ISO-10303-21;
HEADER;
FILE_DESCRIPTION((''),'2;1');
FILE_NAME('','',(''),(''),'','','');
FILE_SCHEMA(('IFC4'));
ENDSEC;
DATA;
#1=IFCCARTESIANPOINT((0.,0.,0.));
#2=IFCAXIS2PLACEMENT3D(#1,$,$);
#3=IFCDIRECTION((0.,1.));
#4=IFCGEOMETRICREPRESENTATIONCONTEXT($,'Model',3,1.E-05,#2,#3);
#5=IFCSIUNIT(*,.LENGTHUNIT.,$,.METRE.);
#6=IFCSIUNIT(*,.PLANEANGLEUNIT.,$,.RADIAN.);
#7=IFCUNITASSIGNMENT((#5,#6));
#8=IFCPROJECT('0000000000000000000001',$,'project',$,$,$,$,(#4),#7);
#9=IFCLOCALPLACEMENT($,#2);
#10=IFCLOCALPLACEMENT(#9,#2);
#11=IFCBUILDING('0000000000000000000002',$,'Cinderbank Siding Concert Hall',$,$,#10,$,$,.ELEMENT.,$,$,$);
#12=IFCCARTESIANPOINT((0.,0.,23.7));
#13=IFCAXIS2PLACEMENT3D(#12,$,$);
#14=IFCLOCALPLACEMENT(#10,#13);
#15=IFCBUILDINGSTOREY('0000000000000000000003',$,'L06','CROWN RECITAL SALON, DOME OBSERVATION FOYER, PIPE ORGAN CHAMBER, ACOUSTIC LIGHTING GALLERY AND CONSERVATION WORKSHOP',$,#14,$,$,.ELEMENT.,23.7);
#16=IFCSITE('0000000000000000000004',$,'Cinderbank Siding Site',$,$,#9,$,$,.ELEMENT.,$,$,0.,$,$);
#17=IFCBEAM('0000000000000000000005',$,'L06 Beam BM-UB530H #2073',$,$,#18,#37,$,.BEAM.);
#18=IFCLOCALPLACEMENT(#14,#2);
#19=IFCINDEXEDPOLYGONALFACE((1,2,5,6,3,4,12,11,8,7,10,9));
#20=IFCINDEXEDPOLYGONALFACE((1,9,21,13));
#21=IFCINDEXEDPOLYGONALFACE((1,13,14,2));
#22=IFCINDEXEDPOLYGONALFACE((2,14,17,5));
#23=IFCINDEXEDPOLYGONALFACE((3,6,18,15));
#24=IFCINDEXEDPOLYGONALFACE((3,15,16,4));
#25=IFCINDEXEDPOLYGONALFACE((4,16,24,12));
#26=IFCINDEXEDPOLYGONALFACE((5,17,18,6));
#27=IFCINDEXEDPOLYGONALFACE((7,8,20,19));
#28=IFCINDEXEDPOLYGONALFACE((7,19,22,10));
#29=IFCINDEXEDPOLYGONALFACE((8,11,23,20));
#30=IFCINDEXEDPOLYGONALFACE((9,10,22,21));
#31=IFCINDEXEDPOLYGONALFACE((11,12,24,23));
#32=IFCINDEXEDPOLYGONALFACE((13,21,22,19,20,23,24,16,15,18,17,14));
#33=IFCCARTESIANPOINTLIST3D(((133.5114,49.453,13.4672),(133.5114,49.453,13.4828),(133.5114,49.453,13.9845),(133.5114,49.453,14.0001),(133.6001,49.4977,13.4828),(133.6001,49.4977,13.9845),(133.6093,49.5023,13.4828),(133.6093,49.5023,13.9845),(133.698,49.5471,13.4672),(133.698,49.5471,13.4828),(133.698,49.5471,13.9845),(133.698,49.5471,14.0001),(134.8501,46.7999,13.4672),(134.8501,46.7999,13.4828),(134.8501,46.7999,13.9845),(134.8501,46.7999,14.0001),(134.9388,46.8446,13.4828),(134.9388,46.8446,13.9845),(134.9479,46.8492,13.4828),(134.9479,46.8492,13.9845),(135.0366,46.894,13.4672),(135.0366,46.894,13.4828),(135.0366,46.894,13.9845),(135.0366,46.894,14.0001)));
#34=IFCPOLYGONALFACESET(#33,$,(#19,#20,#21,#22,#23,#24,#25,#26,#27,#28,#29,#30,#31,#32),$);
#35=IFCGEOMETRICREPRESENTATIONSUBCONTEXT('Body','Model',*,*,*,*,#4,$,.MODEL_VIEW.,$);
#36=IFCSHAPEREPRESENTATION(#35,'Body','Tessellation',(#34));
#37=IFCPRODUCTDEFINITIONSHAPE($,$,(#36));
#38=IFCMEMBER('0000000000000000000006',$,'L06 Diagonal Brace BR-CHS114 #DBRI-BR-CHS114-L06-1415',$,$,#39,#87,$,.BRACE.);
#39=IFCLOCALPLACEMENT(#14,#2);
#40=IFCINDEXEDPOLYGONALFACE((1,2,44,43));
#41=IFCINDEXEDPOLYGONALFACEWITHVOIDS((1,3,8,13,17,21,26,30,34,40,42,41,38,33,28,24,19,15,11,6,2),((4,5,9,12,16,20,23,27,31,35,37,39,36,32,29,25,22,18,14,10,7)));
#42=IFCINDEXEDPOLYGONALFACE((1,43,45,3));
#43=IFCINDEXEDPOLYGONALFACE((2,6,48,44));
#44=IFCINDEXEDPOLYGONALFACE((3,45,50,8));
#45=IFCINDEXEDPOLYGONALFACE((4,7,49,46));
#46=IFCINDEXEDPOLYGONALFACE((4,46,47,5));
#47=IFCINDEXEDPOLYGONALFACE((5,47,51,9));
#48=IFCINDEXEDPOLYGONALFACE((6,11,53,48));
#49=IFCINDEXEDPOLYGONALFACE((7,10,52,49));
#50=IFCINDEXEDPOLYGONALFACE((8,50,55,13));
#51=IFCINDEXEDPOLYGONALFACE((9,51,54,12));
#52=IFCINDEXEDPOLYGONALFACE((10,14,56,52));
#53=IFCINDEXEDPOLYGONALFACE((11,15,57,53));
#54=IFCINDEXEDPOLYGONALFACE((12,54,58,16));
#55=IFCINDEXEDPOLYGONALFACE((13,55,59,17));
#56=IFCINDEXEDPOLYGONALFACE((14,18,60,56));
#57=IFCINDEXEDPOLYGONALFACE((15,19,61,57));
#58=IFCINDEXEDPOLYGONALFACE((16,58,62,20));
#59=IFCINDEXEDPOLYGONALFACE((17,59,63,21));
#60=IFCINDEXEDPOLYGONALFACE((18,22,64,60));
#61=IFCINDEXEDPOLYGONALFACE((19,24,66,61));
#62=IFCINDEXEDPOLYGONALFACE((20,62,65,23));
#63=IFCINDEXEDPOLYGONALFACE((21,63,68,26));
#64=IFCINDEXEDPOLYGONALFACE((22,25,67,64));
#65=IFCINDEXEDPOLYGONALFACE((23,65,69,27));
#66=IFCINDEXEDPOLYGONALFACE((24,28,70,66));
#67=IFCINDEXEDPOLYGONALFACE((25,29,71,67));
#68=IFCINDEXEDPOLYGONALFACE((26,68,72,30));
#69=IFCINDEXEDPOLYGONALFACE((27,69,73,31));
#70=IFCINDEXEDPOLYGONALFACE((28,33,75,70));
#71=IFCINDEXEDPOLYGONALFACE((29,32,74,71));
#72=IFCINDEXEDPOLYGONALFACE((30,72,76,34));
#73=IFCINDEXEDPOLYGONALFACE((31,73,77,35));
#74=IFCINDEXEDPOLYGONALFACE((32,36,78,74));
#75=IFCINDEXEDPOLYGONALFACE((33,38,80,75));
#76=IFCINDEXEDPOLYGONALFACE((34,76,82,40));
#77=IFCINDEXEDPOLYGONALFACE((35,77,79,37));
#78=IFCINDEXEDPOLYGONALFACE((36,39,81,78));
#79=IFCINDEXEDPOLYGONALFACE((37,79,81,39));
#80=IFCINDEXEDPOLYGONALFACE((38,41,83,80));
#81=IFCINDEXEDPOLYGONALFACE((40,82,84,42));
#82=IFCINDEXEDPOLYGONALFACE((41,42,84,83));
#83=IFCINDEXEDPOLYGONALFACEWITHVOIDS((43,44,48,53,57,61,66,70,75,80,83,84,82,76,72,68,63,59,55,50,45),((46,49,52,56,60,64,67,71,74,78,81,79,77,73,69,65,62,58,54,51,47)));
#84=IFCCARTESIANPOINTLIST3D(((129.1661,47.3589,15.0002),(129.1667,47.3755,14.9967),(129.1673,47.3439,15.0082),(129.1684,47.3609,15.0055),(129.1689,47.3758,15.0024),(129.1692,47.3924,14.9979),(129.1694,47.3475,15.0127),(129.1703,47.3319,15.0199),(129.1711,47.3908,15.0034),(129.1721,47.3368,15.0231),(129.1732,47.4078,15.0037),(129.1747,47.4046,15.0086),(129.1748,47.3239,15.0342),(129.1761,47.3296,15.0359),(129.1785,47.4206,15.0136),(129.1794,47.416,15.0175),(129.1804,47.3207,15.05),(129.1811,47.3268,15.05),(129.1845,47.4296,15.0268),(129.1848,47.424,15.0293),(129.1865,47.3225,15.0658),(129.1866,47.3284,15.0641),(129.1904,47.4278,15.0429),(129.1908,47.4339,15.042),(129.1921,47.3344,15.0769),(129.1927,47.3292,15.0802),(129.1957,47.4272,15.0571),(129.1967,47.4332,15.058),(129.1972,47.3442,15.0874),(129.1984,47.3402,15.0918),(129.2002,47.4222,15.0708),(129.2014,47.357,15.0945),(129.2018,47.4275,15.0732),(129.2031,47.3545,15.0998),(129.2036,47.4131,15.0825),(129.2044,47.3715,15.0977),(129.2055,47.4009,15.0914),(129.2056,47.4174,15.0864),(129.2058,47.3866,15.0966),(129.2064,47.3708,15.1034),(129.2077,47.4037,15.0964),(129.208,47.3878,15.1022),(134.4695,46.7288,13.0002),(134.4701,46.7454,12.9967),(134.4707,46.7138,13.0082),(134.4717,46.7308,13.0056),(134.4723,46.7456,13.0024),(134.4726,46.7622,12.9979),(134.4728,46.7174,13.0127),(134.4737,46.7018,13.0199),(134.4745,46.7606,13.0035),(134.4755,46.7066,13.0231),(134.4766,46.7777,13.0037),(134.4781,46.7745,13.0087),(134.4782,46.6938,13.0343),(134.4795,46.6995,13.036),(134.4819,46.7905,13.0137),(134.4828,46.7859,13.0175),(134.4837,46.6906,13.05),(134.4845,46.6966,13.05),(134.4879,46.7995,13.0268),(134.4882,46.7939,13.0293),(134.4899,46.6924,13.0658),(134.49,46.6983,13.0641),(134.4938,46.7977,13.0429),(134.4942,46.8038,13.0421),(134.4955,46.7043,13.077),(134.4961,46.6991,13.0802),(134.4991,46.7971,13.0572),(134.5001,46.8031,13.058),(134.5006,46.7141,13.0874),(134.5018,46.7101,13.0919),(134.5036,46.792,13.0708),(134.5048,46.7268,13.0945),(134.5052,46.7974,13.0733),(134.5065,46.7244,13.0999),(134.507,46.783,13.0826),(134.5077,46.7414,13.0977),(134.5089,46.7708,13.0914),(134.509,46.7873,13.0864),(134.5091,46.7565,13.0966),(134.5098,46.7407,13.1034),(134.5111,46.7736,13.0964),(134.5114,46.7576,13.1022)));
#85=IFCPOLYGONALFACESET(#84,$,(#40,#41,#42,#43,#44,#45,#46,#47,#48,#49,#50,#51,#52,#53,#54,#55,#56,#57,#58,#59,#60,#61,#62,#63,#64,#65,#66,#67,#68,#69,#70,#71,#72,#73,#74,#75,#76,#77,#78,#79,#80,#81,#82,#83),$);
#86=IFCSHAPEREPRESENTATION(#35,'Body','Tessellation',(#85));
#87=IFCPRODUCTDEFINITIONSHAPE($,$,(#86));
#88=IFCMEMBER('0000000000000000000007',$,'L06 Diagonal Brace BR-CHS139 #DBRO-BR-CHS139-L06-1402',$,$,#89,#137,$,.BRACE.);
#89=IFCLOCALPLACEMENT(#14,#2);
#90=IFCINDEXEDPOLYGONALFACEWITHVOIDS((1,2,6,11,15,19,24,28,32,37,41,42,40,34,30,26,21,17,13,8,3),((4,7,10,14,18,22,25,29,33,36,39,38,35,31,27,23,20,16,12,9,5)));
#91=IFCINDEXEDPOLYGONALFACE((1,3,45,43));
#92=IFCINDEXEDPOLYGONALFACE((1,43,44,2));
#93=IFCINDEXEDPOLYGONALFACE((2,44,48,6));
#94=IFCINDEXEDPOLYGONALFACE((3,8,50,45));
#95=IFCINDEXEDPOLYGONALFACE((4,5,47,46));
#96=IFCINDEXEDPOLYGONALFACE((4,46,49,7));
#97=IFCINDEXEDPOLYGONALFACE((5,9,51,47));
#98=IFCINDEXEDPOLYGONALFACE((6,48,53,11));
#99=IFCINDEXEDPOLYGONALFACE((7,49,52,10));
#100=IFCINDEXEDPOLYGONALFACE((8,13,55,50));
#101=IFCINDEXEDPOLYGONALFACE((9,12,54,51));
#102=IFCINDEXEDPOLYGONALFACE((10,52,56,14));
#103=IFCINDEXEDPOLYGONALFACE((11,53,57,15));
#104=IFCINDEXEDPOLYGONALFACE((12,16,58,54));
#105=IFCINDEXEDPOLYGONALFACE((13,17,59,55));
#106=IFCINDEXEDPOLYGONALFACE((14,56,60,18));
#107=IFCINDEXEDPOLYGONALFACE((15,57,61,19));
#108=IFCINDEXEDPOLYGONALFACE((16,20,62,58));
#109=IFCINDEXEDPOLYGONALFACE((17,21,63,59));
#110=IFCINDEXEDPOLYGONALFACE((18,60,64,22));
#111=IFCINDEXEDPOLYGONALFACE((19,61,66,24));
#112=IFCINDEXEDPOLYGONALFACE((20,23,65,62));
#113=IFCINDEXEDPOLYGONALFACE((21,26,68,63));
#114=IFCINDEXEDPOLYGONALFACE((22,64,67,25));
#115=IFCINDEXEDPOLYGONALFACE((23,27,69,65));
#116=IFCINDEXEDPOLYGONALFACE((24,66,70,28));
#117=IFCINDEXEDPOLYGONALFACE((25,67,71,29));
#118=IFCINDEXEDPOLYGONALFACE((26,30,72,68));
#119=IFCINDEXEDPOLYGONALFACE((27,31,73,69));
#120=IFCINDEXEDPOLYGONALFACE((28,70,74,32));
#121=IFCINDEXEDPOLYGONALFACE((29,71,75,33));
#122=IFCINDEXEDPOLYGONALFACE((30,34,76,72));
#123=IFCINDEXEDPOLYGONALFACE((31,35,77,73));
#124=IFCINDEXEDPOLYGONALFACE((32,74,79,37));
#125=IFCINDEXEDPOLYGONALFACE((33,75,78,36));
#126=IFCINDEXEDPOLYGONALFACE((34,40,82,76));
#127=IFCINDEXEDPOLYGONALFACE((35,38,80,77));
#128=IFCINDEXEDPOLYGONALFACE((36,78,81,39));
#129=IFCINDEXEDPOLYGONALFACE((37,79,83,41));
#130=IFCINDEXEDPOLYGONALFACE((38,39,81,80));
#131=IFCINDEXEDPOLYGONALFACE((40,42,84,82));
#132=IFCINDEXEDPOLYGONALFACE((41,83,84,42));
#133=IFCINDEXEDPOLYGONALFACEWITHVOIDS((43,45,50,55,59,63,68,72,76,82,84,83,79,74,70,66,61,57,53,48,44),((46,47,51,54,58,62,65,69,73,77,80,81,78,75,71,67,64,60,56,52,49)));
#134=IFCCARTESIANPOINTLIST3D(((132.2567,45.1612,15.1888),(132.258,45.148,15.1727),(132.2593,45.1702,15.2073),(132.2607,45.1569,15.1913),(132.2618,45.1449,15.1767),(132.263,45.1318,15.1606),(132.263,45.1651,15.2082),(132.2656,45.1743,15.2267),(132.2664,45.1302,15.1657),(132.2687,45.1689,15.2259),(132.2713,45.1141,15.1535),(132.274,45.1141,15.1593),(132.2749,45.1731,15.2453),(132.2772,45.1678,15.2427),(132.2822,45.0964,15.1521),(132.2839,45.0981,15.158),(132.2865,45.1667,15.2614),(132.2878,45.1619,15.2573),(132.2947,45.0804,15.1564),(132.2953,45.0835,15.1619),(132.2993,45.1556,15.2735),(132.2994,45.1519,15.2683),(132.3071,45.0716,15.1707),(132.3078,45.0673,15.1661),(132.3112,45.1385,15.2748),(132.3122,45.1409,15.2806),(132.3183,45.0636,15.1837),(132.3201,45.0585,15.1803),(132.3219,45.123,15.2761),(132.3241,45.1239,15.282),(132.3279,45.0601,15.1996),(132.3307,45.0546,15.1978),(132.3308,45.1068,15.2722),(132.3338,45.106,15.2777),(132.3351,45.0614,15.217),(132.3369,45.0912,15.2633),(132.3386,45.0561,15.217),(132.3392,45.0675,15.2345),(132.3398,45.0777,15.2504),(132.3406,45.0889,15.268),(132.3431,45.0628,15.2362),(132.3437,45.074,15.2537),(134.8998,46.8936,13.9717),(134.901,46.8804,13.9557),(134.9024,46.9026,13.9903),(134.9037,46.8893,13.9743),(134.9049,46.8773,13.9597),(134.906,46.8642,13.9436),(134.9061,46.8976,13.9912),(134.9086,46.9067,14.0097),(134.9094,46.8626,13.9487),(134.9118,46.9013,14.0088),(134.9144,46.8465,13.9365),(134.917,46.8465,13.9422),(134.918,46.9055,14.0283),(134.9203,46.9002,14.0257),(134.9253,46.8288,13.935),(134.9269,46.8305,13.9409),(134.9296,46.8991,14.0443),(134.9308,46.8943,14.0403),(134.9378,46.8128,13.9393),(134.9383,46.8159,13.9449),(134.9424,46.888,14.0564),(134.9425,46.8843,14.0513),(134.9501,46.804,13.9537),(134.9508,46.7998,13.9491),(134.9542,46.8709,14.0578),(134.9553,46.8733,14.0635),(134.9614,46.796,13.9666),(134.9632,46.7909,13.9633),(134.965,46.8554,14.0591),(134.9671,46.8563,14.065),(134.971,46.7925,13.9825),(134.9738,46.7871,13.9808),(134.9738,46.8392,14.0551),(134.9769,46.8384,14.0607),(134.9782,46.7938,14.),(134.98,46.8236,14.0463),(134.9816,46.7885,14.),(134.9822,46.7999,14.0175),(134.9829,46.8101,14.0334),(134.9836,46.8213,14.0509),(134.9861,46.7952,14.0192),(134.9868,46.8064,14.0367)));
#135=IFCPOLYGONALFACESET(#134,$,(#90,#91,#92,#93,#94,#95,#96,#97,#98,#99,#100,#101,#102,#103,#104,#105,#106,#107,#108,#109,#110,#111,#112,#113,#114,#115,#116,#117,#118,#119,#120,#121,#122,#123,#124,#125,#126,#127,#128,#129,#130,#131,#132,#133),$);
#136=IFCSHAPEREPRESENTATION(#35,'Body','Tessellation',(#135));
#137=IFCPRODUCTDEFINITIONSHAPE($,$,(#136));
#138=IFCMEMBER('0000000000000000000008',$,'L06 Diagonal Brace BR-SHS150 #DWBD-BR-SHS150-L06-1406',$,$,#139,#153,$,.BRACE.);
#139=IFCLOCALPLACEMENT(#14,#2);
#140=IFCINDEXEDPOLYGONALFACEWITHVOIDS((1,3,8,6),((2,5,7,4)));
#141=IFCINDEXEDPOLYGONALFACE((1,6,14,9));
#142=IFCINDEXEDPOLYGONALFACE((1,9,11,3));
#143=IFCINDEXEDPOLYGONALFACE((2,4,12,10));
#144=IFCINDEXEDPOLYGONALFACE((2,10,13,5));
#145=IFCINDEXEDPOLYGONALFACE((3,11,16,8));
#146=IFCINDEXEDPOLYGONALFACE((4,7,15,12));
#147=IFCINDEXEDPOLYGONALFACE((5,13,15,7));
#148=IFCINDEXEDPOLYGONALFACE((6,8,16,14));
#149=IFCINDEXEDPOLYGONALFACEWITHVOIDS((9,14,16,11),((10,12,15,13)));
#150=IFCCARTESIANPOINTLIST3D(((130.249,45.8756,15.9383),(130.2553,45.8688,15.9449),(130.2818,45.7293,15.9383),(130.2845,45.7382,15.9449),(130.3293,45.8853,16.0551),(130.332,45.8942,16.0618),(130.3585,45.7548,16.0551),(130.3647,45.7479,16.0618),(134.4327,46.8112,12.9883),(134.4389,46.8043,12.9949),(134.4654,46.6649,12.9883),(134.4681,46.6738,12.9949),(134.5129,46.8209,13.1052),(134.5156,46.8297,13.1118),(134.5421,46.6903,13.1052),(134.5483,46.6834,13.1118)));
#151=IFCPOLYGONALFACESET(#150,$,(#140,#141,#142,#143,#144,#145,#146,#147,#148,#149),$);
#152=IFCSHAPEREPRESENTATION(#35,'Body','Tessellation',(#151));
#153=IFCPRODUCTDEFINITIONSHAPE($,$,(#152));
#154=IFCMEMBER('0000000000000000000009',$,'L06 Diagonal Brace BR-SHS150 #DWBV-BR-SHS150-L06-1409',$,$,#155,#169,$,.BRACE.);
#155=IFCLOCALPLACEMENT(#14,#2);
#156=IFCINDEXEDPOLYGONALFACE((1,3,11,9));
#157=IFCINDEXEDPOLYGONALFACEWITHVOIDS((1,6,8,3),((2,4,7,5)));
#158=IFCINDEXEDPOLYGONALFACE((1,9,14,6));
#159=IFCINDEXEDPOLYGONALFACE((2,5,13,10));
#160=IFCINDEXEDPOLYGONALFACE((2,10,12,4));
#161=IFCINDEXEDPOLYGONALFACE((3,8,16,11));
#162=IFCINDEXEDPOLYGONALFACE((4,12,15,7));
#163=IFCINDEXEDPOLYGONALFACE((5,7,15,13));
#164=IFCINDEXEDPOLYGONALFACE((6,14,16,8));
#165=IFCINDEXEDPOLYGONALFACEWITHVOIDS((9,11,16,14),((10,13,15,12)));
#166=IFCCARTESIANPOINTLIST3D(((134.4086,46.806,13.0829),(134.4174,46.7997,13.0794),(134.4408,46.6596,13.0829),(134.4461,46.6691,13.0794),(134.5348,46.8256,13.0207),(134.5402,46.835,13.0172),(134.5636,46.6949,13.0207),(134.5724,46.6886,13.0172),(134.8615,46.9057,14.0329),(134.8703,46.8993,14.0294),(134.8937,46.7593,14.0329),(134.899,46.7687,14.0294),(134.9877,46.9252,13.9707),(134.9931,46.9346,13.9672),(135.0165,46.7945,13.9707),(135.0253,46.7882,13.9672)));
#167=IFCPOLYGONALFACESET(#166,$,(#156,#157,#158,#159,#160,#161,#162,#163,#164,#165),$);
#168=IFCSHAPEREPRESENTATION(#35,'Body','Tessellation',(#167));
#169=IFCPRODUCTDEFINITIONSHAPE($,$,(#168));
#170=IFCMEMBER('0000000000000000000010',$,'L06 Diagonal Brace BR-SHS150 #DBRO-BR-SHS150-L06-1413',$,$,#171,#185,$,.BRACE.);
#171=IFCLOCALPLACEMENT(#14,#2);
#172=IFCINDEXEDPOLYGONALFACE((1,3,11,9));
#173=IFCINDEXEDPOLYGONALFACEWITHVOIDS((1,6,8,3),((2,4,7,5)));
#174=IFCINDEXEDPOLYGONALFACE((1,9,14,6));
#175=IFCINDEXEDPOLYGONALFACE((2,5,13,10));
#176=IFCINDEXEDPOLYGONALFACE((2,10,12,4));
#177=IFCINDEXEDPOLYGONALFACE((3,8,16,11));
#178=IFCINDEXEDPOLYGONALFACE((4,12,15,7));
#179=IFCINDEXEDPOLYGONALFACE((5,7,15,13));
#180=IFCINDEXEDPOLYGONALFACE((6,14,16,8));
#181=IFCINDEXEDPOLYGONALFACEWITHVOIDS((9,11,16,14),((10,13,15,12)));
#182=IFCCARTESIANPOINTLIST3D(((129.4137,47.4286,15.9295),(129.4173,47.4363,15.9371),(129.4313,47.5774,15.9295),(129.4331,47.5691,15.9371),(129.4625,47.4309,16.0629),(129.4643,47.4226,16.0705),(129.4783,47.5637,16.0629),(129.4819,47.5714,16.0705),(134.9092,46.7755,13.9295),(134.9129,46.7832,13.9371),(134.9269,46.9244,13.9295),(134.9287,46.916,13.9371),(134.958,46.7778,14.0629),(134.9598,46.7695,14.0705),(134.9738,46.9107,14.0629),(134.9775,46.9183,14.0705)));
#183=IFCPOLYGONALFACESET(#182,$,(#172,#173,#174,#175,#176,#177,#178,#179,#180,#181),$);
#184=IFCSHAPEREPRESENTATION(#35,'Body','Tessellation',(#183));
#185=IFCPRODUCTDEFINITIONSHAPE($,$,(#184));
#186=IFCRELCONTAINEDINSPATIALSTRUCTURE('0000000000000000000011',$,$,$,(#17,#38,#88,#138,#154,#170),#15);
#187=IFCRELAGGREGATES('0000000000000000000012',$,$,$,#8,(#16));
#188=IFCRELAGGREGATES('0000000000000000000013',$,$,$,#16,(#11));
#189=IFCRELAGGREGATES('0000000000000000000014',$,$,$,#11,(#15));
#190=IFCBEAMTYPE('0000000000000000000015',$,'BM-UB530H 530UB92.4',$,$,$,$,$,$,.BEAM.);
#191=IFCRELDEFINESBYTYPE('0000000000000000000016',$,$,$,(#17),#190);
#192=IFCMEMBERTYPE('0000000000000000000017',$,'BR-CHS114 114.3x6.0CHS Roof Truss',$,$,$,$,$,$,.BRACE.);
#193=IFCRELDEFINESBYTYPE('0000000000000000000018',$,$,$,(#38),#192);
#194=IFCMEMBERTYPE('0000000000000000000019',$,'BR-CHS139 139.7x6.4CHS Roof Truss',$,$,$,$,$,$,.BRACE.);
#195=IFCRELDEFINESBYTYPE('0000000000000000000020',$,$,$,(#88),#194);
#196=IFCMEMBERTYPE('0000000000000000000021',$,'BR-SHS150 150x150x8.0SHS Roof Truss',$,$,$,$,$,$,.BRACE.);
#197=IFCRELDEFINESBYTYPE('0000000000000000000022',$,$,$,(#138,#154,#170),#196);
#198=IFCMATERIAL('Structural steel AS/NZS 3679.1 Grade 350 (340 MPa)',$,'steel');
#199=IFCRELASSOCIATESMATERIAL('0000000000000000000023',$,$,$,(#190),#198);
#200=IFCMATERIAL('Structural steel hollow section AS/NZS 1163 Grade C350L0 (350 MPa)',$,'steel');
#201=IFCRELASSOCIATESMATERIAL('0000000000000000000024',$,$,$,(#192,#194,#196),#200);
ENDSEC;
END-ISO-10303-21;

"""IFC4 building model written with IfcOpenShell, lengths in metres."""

from ifc_helpers import new_model, si_unit, direction, frame, origin, origin_2d, place, context, subcontext, project, spatial, hollow_rectangle, hollow_circle, i_section, extrude, material, material_profile, profile_set, type_object, element, save


model = new_model("IFC4")

# Units and contexts
model_context = context("Model", 3, precision=1e-05, world=origin(), true_north=direction((0.0, 1.0)))
body_context = subcontext(model_context, "Body", "Model", "MODEL_VIEW")
ifc_project = project(units=[si_unit("LENGTHUNIT", "METRE"), si_unit("PLANEANGLEUNIT", "RADIAN")], contexts=[model_context])

# Site, building, storey
site_placement = place(None, origin())
site = spatial("IfcSite", under=ifc_project, at=site_placement, Name="Cinderbank Siding Site", CompositionType="ELEMENT", RefElevation=0.0)
building_placement = place(site_placement, origin())
building = spatial("IfcBuilding", under=site, at=building_placement, Name="Cinderbank Siding Concert Hall", CompositionType="ELEMENT")
storey_placement = place(building_placement, frame((0.0, 0.0, 23.7)))
storey = spatial("IfcBuildingStorey", under=building, at=storey_placement, Name="L06", Description="CROWN RECITAL SALON, DOME OBSERVATION FOYER, PIPE ORGAN CHAMBER, ACOUSTIC LIGHTING GALLERY AND CONSERVATION WORKSHOP", CompositionType="ELEMENT", Elevation=23.7)

# Beam
ifc_material_1 = material(Name="Structural steel AS/NZS 3679.1 Grade 350 (340 MPa)", Category="steel")
ifc_material_profile_1 = material_profile(ifc_material_1, i_section(OverallWidth=0.209, OverallDepth=0.533, WebThickness=0.0103, FlangeThickness=0.0156, at=origin_2d()), Name="530UB92.4", Category="LoadBearing")
ifc_profile_set_1 = profile_set([ifc_material_profile_1], Name="Structural steel AS/NZS 3679.1 Grade 350 (340 MPa)")
beam_type = type_object("IfcBeamType", Name="BM-UB530H 530UB92.4", PredefinedType="BEAM", material=ifc_profile_set_1)
beam_placement = place(storey_placement, frame((134.9434, 46.8469, 13.7336), z_axis=(-0.450464, 0.892795, 0.0), x_axis=(-0.892795, -0.450464, 0.0)))
element("IfcBeam", 1, at=beam_placement, inside=storey, type_object=beam_type, Name="L06 Beam BM-UB530H #2073", PredefinedType="BEAM", context=body_context, shape_type="SweptSolid", body=[
    extrude(i_section(OverallWidth=0.209, OverallDepth=0.533, WebThickness=0.0103, FlangeThickness=0.0156, at=origin_2d()), origin(), (0.0, 0.0, 1.0), 2.9717),
])

# Members
ifc_material_2 = material(Name="Structural steel hollow section AS/NZS 1163 Grade C350L0 (350 MPa)", Category="steel")
ifc_material_profile_2 = material_profile(ifc_material_2, hollow_circle(Radius=0.0571, WallThickness=0.0061, at=origin_2d()), Name="114.3x6.0CHS", Category="LoadBearing")
ifc_profile_set_2 = profile_set([ifc_material_profile_2], Name="Structural steel hollow section AS/NZS 1163 Grade C350L0 (350 MPa)")
member_type_1 = type_object("IfcMemberType", Name="BR-CHS114 114.3x6.0CHS Roof Truss", PredefinedType="BRACE", material=ifc_profile_set_2)
member_1_placement = place(storey_placement, frame((134.4905, 46.7473, 13.05), z_axis=(-0.929949, 0.110491, 0.350695), x_axis=(-0.117984, -0.993015, 0.0)))
element("IfcMember", 2, at=member_1_placement, inside=storey, type_object=member_type_1, Name="L06 Diagonal Brace BR-CHS114 #DBRI-BR-CHS114-L06-1415", PredefinedType="BRACE", context=body_context, shape_type="SweptSolid", body=[
    extrude(hollow_circle(Radius=0.0571, WallThickness=0.0061, at=origin_2d()), origin(), (0.0, 0.0, 1.0), 5.7029),
])
ifc_material_profile_3 = material_profile(ifc_material_2, hollow_circle(Radius=0.0698, WallThickness=0.0063, at=origin_2d()), Name="139.7x6.4CHS", Category="LoadBearing")
ifc_profile_set_3 = profile_set([ifc_material_profile_3], Name="Structural steel hollow section AS/NZS 1163 Grade C350L0 (350 MPa)")
member_type_2 = type_object("IfcMemberType", Name="BR-CHS139 139.7x6.4CHS Roof Truss", PredefinedType="BRACE", material=ifc_profile_set_3)
member_2_placement = place(storey_placement, frame((134.9434, 46.8469, 14.0), z_axis=(-0.780475, -0.511569, 0.359382), x_axis=(0.548194, -0.836351, 0.0)))
element("IfcMember", 3, at=member_2_placement, inside=storey, type_object=member_type_2, Name="L06 Diagonal Brace BR-CHS139 #DBRO-BR-CHS139-L06-1402", PredefinedType="BRACE", context=body_context, shape_type="SweptSolid", body=[
    extrude(hollow_circle(Radius=0.0698, WallThickness=0.0063, at=origin_2d()), origin(), (0.0, 0.0, 1.0), 3.3865),
])
ifc_material_profile_4 = material_profile(ifc_material_2, hollow_rectangle(XDim=0.1499, YDim=0.1499, WallThickness=0.0081, at=origin_2d()), Name="150x150x8.0SHS", Category="LoadBearing")
ifc_profile_set_4 = profile_set([ifc_material_profile_4], Name="Structural steel hollow section AS/NZS 1163 Grade C350L0 (350 MPa)")
member_type_3 = type_object("IfcMemberType", Name="BR-SHS150 150x150x8.0SHS Roof Truss", PredefinedType="BRACE", material=ifc_profile_set_4)
member_3_placement = place(storey_placement, frame((134.4905, 46.7473, 13.05), z_axis=(-0.803944, -0.17978, 0.56688), x_axis=(0.218233, -0.975897, 0.0)))
element("IfcMember", 4, at=member_3_placement, inside=storey, type_object=member_type_3, Name="L06 Diagonal Brace BR-SHS150 #DWBD-BR-SHS150-L06-1406", PredefinedType="BRACE", context=body_context, shape_type="SweptSolid", body=[
    extrude(hollow_rectangle(XDim=0.1499, YDim=0.1499, WallThickness=0.0081, at=origin_2d()), origin(), (0.0, 0.0, 1.0), 5.2039),
])
member_4_placement = place(storey_placement, frame((134.4905, 46.7473, 13.05), z_axis=(0.428424, 0.09423, 0.898651), x_axis=(-0.214812, 0.976656, 0.0)))
element("IfcMember", 5, at=member_4_placement, inside=storey, type_object=member_type_3, Name="L06 Diagonal Brace BR-SHS150 #DWBV-BR-SHS150-L06-1409", PredefinedType="BRACE", context=body_context, shape_type="SweptSolid", body=[
    extrude(hollow_rectangle(XDim=0.1499, YDim=0.1499, WallThickness=0.0081, at=origin_2d()), origin(), (0.0, 0.0, 1.0), 1.0571),
])
member_5_placement = place(storey_placement, frame((134.9434, 46.8469, 14.0), z_axis=(-0.933901, 0.110981, 0.339872), x_axis=(-0.118006, -0.993013, 0.0)))
element("IfcMember", 6, at=member_5_placement, inside=storey, type_object=member_type_3, Name="L06 Diagonal Brace BR-SHS150 #DBRO-BR-SHS150-L06-1413", PredefinedType="BRACE", context=body_context, shape_type="SweptSolid", body=[
    extrude(hollow_rectangle(XDim=0.1499, YDim=0.1499, WallThickness=0.0081, at=origin_2d()), origin(), (0.0, 0.0, 1.0), 5.8845),
])

save(model, "model.ifc")
